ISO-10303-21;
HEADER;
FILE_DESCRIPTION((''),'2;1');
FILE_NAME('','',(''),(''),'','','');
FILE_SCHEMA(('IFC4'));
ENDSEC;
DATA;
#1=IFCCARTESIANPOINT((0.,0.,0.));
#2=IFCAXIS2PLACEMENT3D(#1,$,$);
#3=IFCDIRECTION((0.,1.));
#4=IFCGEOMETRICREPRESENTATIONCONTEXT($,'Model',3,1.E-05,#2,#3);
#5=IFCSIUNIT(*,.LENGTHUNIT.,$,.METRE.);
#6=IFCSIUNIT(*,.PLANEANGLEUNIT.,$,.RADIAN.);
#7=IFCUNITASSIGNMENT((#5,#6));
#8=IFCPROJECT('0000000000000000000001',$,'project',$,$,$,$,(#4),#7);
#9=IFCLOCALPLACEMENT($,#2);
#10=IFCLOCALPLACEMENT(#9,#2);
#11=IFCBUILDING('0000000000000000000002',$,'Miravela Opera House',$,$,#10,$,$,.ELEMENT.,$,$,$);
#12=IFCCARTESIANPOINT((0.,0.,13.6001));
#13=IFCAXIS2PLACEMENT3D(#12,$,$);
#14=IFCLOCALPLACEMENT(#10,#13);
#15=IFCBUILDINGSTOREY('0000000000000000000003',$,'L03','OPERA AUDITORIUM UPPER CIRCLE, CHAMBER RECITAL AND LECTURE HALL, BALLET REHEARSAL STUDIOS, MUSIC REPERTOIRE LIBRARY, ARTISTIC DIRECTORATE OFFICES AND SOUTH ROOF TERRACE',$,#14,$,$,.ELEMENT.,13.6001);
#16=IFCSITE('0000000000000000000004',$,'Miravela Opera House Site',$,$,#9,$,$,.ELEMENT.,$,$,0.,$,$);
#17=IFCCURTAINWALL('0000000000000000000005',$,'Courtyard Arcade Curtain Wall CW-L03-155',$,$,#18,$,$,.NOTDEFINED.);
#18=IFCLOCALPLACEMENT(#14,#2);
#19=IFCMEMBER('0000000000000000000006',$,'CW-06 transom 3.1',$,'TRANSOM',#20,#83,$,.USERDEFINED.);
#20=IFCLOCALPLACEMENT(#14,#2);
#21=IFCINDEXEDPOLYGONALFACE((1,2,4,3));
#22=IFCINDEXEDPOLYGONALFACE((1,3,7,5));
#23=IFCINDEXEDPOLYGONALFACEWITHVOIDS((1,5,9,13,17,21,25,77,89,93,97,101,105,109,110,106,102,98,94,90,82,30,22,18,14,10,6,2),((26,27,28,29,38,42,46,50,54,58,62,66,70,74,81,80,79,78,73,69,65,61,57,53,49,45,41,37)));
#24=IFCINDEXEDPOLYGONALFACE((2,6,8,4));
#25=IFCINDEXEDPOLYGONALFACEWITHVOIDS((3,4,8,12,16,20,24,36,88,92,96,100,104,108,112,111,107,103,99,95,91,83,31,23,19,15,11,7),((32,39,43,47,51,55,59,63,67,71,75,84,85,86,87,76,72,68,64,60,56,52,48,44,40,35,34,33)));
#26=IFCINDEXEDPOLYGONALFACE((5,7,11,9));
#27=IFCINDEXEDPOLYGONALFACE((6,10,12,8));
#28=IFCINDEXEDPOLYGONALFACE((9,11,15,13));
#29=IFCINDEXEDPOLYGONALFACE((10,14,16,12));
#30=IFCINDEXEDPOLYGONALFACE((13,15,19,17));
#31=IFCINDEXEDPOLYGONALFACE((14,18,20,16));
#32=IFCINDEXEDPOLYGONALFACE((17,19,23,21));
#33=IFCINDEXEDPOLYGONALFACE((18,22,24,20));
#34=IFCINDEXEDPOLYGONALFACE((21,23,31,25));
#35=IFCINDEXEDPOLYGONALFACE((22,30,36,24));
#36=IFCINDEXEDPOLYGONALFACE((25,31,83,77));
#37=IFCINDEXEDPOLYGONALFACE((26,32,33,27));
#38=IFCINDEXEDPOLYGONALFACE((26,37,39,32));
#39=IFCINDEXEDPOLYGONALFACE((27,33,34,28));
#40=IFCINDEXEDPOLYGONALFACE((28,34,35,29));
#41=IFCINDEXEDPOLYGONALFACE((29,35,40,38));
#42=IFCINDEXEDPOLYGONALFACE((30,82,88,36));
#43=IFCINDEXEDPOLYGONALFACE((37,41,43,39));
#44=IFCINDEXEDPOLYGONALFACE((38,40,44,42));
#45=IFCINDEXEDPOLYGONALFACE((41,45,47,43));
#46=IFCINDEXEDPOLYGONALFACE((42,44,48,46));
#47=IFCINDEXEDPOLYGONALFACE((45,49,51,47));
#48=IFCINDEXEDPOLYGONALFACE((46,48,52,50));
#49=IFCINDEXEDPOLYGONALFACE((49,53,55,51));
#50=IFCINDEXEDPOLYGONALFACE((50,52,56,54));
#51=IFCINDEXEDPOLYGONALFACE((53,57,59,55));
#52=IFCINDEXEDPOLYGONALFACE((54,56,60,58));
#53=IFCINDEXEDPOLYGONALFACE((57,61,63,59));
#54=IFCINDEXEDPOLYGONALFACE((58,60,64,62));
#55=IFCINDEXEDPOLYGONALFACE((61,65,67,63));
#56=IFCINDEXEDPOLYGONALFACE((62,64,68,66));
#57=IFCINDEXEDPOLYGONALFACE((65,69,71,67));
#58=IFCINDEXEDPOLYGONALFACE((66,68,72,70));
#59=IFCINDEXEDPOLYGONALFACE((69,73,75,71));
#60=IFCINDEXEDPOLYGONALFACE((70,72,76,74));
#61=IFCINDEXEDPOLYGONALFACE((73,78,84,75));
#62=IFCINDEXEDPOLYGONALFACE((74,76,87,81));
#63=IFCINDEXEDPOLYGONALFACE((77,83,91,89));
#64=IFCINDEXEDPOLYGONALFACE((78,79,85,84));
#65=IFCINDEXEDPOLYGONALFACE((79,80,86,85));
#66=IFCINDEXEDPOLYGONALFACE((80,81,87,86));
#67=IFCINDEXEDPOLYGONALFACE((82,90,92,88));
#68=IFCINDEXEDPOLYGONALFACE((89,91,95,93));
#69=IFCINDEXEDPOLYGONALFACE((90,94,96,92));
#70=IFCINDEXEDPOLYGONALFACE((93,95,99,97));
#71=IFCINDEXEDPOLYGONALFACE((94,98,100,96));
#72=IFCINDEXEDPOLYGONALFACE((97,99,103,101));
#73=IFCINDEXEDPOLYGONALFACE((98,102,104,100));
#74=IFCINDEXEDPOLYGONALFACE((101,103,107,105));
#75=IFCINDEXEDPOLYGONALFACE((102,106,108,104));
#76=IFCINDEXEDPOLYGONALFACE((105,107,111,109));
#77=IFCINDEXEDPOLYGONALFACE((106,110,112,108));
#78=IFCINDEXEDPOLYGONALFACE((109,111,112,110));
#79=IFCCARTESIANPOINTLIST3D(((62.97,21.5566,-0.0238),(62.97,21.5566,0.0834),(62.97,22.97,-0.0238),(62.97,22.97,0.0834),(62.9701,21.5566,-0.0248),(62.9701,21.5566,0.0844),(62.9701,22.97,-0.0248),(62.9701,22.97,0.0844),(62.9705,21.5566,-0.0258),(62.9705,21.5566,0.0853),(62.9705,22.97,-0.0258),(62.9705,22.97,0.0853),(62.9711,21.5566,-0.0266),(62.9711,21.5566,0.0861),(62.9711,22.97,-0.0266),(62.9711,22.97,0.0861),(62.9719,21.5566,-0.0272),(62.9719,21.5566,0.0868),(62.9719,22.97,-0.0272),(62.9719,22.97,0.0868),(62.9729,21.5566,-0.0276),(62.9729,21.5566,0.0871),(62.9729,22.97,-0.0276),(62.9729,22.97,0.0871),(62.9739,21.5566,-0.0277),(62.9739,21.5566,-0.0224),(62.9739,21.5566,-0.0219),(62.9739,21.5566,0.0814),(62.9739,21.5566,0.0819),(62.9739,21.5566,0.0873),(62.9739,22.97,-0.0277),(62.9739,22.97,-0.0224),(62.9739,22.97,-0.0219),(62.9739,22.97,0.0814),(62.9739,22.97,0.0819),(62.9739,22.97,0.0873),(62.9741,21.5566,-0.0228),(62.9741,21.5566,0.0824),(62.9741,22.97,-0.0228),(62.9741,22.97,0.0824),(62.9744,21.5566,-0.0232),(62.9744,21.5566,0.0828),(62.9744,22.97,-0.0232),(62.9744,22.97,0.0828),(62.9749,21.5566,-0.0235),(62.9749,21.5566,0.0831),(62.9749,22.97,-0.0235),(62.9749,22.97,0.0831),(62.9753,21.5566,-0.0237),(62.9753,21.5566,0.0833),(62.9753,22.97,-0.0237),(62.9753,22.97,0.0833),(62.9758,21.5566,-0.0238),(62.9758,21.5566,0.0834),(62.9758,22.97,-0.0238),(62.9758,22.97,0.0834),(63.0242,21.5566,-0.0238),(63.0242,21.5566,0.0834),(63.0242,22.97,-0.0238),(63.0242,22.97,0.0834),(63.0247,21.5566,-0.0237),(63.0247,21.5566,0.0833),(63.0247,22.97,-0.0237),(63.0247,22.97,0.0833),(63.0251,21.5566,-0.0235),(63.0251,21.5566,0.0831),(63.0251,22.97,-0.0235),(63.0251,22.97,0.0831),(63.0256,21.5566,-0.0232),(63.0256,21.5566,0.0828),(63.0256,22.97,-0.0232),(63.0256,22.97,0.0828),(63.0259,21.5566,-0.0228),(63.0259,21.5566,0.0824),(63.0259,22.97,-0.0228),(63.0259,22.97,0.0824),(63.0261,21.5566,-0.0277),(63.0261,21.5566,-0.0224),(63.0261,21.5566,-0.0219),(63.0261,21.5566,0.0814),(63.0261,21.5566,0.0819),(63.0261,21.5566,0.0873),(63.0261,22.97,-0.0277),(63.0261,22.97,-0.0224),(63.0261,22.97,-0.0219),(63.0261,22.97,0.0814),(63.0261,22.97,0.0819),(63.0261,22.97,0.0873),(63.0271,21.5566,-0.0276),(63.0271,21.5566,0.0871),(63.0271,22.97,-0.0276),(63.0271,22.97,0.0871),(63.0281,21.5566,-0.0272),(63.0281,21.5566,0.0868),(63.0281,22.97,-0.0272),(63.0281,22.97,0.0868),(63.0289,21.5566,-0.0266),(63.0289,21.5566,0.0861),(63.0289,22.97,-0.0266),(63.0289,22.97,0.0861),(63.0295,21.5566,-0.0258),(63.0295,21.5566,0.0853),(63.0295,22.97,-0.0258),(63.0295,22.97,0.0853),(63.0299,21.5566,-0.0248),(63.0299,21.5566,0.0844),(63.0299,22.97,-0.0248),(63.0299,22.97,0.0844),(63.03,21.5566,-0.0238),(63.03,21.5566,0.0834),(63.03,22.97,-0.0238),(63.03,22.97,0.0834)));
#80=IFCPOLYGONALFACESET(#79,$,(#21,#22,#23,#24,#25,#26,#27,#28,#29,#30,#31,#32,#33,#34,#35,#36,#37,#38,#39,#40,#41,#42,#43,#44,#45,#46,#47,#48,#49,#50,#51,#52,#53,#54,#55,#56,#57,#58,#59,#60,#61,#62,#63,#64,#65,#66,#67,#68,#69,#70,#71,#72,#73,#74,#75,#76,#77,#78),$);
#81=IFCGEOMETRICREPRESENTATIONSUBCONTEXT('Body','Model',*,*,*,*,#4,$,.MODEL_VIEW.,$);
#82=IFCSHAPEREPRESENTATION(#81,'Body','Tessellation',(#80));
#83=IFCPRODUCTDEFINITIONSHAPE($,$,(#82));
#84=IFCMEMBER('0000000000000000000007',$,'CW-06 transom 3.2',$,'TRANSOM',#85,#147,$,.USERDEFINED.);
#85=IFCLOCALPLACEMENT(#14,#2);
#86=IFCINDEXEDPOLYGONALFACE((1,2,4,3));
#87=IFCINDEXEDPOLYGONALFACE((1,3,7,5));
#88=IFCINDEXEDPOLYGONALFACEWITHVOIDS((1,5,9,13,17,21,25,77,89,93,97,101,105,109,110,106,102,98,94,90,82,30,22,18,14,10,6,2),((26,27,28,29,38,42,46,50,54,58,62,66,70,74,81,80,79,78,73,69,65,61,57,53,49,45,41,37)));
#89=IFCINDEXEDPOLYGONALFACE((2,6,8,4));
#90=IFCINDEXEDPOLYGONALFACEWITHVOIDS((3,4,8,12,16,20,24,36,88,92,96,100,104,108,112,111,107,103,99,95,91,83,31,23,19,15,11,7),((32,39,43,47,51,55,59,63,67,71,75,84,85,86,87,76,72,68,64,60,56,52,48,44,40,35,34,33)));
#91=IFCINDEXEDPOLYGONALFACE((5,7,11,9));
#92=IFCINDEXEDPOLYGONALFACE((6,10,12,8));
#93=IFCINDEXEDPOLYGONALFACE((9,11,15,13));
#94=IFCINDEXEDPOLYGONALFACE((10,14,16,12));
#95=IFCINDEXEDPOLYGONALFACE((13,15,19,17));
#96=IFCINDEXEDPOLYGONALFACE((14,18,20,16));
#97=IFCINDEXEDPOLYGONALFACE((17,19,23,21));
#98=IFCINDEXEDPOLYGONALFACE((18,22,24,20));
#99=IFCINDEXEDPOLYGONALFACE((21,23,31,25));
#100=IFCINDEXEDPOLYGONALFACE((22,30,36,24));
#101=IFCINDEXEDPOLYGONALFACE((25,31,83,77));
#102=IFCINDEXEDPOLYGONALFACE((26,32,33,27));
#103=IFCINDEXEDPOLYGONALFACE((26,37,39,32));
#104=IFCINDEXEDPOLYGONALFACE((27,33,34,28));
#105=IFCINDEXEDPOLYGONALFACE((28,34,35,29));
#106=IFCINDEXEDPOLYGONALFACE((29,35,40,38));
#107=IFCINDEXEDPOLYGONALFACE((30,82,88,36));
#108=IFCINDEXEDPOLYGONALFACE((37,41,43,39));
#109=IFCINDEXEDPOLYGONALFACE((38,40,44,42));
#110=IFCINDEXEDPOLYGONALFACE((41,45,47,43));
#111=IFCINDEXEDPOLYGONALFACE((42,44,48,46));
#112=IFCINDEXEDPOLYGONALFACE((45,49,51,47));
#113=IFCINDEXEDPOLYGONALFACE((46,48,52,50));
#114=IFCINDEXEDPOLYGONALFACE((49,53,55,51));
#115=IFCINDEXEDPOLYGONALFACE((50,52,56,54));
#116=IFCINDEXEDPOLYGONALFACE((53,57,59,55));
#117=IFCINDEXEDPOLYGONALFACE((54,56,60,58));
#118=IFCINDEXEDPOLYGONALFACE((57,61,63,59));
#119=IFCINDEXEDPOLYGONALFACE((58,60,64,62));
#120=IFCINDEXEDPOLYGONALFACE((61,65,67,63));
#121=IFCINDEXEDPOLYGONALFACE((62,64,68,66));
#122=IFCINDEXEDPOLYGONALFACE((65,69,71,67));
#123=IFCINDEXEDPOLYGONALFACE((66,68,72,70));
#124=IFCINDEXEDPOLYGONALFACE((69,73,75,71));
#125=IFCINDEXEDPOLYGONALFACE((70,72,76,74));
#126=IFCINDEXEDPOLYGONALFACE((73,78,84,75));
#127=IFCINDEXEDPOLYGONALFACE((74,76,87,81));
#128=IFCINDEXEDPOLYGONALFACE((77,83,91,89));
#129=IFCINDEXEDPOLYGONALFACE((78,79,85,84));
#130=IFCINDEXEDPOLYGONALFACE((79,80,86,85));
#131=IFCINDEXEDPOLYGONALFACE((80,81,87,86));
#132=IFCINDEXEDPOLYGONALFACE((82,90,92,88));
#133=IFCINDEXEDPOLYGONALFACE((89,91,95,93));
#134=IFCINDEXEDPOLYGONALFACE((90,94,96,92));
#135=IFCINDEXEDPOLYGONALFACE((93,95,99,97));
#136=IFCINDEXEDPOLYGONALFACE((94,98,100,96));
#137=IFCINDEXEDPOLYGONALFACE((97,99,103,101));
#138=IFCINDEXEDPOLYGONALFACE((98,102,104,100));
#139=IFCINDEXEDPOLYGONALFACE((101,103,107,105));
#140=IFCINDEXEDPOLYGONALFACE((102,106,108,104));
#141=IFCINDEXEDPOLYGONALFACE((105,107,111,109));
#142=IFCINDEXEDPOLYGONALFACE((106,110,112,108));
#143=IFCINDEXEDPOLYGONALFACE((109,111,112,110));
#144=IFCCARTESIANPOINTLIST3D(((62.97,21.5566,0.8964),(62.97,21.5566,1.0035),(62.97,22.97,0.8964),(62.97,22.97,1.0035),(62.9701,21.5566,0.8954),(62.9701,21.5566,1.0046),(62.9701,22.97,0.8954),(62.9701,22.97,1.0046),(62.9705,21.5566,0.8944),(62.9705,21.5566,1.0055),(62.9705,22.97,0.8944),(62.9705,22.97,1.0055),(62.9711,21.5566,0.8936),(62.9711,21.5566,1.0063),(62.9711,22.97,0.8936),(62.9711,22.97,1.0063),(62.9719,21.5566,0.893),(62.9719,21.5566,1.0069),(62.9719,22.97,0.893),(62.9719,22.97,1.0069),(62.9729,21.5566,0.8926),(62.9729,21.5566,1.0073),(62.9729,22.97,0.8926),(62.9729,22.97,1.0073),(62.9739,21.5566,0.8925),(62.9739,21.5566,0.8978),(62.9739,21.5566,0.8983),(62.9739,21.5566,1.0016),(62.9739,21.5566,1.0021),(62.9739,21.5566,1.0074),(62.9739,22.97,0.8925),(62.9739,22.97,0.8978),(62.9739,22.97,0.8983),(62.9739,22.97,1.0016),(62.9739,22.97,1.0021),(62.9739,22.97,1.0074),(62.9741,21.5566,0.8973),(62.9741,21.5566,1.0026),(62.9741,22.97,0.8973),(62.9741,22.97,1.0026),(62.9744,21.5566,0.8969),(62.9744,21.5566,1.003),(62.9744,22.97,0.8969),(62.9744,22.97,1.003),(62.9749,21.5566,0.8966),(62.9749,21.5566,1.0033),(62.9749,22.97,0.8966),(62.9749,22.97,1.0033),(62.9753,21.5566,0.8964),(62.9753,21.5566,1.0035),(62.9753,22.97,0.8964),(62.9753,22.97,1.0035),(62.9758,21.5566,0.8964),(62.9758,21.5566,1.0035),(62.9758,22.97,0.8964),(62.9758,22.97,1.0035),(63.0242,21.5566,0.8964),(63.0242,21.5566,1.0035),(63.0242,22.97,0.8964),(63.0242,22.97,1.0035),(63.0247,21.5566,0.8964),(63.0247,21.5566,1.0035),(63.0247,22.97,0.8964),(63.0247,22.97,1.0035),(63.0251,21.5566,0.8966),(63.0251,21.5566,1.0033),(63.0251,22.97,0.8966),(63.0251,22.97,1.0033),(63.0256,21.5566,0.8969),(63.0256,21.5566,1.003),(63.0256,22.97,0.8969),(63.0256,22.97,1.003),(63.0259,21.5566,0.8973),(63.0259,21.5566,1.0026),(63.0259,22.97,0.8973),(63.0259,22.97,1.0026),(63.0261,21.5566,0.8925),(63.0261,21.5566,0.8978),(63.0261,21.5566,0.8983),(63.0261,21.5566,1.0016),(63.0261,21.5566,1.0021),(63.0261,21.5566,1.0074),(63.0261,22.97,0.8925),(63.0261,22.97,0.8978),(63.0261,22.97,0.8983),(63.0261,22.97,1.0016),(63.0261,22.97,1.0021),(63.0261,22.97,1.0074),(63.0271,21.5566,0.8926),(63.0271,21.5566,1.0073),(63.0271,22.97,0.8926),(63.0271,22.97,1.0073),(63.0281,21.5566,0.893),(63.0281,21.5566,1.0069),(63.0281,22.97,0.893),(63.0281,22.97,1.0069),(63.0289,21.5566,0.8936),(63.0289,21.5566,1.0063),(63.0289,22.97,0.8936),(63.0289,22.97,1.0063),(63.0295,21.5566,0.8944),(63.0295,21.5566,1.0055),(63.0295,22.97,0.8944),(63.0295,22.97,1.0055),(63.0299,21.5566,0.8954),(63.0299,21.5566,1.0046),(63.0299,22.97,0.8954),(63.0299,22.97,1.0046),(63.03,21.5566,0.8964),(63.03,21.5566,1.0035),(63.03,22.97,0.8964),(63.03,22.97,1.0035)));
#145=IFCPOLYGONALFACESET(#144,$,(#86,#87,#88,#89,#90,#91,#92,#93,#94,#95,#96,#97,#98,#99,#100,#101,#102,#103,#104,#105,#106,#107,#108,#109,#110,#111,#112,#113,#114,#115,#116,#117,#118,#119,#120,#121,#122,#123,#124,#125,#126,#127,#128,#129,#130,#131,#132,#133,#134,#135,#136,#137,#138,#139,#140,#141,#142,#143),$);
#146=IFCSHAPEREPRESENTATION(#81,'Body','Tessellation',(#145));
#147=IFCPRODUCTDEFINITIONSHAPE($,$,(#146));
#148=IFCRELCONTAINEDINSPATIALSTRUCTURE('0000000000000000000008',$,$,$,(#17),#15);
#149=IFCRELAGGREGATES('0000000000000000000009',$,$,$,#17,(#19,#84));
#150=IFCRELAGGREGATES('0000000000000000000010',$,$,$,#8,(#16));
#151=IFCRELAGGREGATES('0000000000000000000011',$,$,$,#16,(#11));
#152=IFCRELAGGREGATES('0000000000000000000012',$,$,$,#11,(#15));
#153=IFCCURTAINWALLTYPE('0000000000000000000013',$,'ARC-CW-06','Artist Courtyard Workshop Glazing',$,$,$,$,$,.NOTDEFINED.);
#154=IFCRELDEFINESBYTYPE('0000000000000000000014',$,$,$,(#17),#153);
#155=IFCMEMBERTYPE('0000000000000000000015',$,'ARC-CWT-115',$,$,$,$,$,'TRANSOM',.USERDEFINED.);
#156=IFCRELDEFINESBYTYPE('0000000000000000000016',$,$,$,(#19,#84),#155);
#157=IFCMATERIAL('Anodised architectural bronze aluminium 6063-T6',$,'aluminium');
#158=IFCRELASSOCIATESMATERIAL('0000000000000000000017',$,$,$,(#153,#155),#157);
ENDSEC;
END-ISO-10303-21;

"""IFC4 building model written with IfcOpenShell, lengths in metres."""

from ifc_helpers import new_model, si_unit, direction, frame, origin, origin_2d, place, context, subcontext, project, spatial, hollow_rectangle, extrude, material, material_profile, profile_set, type_object, element, aggregate, save


model = new_model("IFC4")

# Units and contexts
model_context = context("Model", 3, precision=1e-05, world=origin(), true_north=direction((0.0, 1.0)))
body_context = subcontext(model_context, "Body", "Model", "MODEL_VIEW")
ifc_project = project(units=[si_unit("LENGTHUNIT", "METRE"), si_unit("PLANEANGLEUNIT", "RADIAN")], contexts=[model_context])

# Site, building, storey
site_placement = place(None, origin())
site = spatial("IfcSite", under=ifc_project, at=site_placement, Name="Miravela Opera House Site", CompositionType="ELEMENT", RefElevation=0.0)
building_placement = place(site_placement, origin())
building = spatial("IfcBuilding", under=site, at=building_placement, Name="Miravela Opera House", CompositionType="ELEMENT")
storey_placement = place(building_placement, frame((0.0, 0.0, 13.6001)))
storey = spatial("IfcBuildingStorey", under=building, at=storey_placement, Name="L03", Description="OPERA AUDITORIUM UPPER CIRCLE, CHAMBER RECITAL AND LECTURE HALL, BALLET REHEARSAL STUDIOS, MUSIC REPERTOIRE LIBRARY, ARTISTIC DIRECTORATE OFFICES AND SOUTH ROOF TERRACE", CompositionType="ELEMENT", Elevation=13.6001)

# Curtain wall, members
ifc_material_1 = material(Name="Anodised architectural bronze aluminium 6063-T6", Category="aluminium")
curtain_wall_type = type_object("IfcCurtainWallType", Name="ARC-CW-06", Description="Artist Courtyard Workshop Glazing", PredefinedType="NOTDEFINED", material=ifc_material_1)
curtain_wall_placement = place(storey_placement, origin())
curtain_wall = element("IfcCurtainWall", 1, at=curtain_wall_placement, inside=storey, type_object=curtain_wall_type, Name="Courtyard Arcade Curtain Wall CW-L03-155", PredefinedType="NOTDEFINED")
ifc_material_profile_1 = material_profile(ifc_material_1, hollow_rectangle(XDim=0.0601, YDim=0.115, WallThickness=0.0039, InnerFilletRadius=0.002, OuterFilletRadius=0.0039, at=origin_2d()), Name="CWT-60X115")
ifc_profile_set_1 = profile_set([ifc_material_profile_1])
member_type_1 = type_object("IfcMemberType", Name="ARC-CWT-115", ElementType="TRANSOM", PredefinedType="USERDEFINED", material=ifc_profile_set_1)
member_1_placement = place(storey_placement, frame((63.0, 21.5566, 0.0298), z_axis=(0.0, 1.0, 0.0), x_axis=(-1.0, 0.0, 0.0)))
member_1 = element("IfcMember", 2, at=member_1_placement, type_object=member_type_1, Name="CW-06 transom 3.1", ObjectType="TRANSOM", PredefinedType="USERDEFINED", context=body_context, shape_type="SweptSolid", body=[
    extrude(hollow_rectangle(XDim=0.0601, YDim=0.115, WallThickness=0.0039, InnerFilletRadius=0.002, OuterFilletRadius=0.0039, at=origin_2d()), origin(), (0.0, 0.0, 1.0), 1.4133),
])
member_2_placement = place(storey_placement, frame((63.0, 21.5566, 0.95), z_axis=(0.0, 1.0, 0.0), x_axis=(-1.0, 0.0, 0.0)))
member_2 = element("IfcMember", 3, at=member_2_placement, type_object=member_type_1, Name="CW-06 transom 3.2", ObjectType="TRANSOM", PredefinedType="USERDEFINED", context=body_context, shape_type="SweptSolid", body=[
    extrude(hollow_rectangle(XDim=0.0601, YDim=0.115, WallThickness=0.0039, InnerFilletRadius=0.002, OuterFilletRadius=0.0039, at=origin_2d()), origin(), (0.0, 0.0, 1.0), 1.4133),
])
aggregate(curtain_wall, [member_1, member_2])

save(model, "model.ifc")
